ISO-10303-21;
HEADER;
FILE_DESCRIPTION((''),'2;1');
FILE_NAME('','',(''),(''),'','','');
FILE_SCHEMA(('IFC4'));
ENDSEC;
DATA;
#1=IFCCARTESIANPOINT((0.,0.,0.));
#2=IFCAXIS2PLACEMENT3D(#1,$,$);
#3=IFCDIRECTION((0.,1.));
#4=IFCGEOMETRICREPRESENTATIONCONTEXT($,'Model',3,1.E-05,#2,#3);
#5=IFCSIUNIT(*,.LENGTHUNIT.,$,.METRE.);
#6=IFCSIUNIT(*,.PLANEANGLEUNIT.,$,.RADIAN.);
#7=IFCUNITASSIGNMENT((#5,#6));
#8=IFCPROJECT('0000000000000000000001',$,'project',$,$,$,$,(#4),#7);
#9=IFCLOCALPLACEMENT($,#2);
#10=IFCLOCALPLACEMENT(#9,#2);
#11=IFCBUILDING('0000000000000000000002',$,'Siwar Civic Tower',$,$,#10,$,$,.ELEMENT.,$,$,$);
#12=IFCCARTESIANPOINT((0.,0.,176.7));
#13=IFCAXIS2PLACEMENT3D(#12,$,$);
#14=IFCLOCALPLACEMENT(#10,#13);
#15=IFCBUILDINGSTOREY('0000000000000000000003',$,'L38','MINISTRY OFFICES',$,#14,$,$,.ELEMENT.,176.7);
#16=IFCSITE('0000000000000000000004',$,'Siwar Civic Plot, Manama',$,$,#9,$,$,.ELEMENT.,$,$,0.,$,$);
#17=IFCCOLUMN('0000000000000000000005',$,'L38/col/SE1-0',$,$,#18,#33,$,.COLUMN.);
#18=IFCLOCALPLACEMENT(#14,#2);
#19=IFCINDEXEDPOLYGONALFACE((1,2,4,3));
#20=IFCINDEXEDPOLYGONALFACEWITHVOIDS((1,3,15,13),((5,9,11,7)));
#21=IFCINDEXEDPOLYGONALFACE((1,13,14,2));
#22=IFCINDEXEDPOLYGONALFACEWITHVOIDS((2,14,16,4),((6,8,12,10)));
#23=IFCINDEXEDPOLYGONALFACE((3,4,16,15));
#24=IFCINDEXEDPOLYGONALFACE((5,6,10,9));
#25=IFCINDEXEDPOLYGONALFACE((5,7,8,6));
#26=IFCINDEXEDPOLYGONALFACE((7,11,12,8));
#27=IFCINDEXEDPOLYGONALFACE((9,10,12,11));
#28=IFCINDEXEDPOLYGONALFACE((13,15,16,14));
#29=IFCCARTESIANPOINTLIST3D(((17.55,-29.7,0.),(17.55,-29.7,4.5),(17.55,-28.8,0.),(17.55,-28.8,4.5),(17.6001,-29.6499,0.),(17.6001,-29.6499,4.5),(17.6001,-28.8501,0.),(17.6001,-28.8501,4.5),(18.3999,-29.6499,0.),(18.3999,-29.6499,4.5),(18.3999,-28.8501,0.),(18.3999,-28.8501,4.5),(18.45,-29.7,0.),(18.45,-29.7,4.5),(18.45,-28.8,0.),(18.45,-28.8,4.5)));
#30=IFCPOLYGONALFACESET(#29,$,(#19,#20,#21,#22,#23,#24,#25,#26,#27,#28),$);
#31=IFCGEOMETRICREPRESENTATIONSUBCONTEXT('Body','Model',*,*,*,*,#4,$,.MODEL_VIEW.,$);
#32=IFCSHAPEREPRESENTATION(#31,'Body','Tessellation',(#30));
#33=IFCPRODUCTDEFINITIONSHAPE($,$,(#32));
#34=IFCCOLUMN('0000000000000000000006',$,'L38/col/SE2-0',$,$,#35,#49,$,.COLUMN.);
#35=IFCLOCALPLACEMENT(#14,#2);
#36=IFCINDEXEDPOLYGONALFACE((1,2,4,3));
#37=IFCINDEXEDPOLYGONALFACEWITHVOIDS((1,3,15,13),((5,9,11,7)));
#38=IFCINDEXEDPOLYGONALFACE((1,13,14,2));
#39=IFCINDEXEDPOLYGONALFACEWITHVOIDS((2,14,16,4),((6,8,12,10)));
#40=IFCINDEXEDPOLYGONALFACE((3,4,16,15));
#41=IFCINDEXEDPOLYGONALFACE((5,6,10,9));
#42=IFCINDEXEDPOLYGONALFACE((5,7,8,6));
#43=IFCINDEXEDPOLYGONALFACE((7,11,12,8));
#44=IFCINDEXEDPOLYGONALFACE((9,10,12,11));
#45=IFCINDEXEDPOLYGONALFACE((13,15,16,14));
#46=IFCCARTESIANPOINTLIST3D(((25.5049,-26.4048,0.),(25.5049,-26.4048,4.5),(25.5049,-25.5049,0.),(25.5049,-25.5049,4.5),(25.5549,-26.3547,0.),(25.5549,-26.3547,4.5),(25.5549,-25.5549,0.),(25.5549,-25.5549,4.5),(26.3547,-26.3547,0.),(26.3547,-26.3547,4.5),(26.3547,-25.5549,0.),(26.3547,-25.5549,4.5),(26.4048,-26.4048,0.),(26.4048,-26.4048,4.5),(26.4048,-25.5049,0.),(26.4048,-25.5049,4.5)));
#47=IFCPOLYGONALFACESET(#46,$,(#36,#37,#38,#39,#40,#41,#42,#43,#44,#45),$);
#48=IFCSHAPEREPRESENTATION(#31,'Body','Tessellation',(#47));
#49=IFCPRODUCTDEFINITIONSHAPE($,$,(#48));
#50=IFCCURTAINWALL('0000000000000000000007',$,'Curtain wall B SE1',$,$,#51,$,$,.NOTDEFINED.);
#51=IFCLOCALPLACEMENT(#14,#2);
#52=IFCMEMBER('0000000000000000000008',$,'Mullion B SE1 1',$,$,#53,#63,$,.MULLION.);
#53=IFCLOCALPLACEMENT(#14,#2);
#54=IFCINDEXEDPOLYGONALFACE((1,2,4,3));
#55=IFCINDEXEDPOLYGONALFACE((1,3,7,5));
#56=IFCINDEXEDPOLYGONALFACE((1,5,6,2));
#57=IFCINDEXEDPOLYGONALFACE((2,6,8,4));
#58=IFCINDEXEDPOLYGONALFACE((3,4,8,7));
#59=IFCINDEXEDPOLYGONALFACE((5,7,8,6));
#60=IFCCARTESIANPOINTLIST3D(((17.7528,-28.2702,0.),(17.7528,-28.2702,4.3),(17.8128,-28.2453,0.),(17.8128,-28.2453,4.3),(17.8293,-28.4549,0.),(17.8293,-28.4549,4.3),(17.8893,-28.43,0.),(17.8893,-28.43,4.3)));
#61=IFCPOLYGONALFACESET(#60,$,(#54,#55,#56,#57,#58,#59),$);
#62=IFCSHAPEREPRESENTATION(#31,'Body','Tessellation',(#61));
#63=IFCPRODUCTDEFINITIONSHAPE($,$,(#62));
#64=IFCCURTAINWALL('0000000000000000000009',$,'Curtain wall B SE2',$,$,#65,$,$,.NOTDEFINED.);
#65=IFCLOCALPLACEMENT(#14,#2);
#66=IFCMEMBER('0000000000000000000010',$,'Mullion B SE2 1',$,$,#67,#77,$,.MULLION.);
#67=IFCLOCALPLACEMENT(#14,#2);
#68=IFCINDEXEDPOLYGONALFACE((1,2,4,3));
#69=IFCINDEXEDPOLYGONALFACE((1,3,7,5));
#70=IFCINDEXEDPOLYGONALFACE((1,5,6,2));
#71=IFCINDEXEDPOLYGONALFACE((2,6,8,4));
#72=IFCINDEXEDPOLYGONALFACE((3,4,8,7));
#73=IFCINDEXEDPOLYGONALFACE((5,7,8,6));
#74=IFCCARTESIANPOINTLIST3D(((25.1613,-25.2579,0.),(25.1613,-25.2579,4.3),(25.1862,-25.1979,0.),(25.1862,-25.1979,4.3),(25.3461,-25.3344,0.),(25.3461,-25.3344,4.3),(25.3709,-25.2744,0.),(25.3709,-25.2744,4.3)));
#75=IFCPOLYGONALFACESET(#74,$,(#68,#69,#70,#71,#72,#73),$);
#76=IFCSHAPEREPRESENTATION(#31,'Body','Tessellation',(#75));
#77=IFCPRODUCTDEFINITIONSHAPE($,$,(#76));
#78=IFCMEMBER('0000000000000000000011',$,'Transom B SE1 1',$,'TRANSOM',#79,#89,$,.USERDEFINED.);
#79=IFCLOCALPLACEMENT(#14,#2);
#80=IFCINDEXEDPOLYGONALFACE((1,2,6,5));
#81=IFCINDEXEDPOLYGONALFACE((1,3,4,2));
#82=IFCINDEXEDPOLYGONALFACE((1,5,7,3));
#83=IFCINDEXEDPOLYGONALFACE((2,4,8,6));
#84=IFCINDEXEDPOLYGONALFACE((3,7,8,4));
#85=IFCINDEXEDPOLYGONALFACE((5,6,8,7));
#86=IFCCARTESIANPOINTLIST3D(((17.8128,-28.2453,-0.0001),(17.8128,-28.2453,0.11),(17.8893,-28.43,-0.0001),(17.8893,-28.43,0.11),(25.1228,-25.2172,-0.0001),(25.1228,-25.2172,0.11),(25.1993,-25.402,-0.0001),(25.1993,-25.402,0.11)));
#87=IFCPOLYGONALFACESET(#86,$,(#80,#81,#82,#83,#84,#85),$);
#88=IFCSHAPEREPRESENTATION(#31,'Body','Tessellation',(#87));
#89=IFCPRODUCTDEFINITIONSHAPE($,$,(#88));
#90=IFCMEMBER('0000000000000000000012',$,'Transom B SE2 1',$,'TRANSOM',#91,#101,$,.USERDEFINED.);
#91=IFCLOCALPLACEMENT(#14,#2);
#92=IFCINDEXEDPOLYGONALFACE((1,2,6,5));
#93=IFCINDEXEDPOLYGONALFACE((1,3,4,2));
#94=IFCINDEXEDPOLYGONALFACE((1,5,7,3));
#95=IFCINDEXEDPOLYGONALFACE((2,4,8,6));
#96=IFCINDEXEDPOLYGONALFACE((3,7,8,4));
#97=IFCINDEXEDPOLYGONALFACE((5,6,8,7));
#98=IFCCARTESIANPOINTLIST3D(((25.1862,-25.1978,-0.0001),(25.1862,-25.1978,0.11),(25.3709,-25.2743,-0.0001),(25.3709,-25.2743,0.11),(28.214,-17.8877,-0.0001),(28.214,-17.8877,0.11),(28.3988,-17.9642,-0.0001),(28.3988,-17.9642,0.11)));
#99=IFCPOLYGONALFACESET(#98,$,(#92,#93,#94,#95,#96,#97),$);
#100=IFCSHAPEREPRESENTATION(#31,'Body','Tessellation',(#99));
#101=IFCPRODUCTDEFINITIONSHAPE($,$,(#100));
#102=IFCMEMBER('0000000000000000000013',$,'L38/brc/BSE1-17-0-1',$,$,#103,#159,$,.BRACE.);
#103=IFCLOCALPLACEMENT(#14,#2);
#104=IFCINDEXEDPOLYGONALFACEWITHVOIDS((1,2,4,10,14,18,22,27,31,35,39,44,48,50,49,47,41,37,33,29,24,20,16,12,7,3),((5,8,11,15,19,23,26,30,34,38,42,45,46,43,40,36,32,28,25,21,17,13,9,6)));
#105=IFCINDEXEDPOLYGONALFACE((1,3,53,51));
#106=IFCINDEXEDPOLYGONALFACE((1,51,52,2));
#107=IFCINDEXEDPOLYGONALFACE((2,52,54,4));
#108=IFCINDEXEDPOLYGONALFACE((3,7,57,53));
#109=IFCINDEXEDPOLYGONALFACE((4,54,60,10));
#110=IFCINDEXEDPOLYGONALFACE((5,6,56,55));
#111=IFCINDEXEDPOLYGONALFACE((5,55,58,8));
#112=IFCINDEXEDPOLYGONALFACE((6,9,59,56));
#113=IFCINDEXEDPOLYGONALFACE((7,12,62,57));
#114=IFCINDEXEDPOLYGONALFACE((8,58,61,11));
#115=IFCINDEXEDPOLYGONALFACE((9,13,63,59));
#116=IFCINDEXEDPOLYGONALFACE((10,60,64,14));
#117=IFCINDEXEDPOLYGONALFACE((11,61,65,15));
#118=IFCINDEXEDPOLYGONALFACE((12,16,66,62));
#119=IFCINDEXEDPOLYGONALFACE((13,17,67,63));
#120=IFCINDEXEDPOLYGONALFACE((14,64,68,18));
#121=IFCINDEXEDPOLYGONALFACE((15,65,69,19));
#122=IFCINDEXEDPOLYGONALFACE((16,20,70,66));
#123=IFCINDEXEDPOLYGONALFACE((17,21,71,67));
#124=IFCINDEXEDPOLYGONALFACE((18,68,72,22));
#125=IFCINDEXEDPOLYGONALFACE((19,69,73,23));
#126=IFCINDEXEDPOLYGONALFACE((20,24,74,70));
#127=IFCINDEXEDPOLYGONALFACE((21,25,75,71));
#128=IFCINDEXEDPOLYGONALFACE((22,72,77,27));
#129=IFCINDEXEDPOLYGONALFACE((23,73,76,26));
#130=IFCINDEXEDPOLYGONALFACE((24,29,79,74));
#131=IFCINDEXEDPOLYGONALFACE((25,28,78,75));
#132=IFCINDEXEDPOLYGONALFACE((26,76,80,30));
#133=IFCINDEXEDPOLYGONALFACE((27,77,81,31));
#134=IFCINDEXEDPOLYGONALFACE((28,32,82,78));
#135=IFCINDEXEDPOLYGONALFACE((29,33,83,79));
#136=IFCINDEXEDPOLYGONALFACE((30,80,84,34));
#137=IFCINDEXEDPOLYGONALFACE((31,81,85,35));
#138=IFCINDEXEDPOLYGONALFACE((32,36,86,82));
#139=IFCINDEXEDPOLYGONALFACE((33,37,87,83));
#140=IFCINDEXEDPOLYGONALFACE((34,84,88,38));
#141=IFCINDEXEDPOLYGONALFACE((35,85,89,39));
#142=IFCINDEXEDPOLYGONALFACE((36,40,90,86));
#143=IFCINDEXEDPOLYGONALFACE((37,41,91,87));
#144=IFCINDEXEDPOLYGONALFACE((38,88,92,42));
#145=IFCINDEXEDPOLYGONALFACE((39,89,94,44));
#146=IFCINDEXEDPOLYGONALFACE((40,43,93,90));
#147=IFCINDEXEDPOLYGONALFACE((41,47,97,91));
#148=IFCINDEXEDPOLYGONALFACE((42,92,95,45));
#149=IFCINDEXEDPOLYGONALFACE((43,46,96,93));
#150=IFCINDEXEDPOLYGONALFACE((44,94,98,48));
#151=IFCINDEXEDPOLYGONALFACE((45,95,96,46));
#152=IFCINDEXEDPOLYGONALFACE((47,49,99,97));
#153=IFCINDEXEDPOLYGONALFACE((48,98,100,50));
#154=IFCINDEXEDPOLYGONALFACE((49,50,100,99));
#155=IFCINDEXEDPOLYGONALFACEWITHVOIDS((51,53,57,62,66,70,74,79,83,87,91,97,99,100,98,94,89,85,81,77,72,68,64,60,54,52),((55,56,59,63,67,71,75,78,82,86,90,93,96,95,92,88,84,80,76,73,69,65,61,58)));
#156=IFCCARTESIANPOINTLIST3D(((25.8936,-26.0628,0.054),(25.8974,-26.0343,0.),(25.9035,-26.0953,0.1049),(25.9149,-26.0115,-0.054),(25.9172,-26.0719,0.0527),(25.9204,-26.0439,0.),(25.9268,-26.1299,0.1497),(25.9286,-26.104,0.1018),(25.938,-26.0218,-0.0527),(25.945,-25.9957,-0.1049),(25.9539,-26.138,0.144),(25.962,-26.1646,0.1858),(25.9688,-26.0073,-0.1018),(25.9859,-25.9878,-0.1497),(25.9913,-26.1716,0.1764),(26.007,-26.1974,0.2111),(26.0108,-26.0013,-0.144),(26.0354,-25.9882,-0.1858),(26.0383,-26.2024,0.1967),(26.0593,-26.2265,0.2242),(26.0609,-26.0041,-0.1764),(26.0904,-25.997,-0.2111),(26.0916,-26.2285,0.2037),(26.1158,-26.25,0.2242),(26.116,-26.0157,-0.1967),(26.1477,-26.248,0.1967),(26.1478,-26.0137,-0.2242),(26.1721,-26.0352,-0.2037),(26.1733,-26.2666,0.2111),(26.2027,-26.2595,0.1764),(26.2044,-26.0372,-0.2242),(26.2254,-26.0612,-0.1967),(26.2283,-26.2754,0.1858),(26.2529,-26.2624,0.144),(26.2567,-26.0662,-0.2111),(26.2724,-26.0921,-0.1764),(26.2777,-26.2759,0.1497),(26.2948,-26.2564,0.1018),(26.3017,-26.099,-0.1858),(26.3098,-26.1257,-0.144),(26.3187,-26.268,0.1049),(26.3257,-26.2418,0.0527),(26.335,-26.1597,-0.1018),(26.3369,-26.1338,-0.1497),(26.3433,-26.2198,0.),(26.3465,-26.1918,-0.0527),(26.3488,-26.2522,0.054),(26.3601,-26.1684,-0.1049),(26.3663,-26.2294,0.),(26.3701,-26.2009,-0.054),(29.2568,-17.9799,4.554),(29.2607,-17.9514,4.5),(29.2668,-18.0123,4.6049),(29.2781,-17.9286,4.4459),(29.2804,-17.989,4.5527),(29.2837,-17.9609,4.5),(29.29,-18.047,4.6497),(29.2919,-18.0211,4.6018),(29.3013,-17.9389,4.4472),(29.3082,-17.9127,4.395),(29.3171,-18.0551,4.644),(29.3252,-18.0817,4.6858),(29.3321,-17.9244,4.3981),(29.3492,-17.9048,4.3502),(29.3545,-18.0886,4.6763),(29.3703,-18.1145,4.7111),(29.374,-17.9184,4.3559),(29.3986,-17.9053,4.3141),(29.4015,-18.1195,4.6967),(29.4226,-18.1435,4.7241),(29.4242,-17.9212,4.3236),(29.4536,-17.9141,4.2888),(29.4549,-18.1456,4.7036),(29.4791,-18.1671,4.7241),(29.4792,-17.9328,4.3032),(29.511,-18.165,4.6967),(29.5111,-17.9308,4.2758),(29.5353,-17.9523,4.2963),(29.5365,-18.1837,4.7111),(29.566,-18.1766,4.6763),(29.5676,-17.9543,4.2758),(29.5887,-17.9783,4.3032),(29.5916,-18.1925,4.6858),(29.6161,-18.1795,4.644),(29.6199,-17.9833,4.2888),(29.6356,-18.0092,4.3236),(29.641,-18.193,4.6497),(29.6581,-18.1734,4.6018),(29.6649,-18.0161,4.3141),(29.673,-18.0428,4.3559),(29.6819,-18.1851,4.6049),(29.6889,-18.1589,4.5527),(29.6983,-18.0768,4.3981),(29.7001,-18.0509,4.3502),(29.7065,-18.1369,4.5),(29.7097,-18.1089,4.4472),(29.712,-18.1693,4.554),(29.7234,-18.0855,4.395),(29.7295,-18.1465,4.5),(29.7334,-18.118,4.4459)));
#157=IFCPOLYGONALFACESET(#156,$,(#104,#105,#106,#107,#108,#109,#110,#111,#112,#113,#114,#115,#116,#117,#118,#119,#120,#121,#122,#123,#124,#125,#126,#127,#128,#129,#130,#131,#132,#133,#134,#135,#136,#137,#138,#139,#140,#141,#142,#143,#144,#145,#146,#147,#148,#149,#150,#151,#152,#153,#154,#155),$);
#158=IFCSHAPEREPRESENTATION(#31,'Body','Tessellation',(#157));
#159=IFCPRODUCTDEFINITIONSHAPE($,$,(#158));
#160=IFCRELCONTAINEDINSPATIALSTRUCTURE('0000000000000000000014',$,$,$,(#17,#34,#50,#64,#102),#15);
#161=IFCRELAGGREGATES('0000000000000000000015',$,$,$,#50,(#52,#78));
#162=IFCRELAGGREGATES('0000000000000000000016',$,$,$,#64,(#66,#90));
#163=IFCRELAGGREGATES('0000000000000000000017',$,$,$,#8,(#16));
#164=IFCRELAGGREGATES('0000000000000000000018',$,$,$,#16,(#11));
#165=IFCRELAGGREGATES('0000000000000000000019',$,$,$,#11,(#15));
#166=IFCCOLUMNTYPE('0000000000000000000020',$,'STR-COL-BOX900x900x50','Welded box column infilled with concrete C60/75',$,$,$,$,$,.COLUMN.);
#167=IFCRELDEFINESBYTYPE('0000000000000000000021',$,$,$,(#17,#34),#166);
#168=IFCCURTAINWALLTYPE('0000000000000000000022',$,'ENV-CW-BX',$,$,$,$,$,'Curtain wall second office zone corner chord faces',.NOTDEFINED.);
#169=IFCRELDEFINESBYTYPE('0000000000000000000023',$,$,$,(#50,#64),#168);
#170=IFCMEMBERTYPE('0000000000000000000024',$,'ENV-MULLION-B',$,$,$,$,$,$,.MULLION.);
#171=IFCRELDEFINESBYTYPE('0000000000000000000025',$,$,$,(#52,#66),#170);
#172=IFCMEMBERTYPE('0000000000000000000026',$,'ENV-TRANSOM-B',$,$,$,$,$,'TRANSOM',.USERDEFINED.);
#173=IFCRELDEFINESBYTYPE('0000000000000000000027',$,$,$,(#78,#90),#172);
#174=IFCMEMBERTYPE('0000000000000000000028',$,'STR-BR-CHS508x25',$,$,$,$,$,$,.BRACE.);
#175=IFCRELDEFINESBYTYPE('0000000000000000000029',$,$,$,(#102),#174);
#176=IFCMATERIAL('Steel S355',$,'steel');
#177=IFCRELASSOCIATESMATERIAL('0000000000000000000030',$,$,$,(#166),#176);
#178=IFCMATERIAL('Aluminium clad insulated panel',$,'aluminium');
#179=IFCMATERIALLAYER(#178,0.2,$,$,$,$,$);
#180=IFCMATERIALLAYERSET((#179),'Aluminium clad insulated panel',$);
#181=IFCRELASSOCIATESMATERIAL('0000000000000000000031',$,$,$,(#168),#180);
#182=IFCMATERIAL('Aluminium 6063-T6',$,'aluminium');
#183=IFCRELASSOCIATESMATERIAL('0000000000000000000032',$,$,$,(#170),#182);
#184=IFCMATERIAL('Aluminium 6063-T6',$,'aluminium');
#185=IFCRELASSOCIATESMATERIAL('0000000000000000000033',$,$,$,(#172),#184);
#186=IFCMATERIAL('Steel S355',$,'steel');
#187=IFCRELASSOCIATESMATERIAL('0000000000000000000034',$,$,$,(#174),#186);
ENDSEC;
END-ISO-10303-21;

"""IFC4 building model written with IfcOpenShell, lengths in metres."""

from ifc_helpers import new_model, si_unit, direction, frame, origin, origin_2d, place, context, subcontext, project, spatial, rectangle, hollow_rectangle, hollow_circle, extrude, material, layer, layer_set, material_profile, profile_set, type_object, element, aggregate, save


model = new_model("IFC4")

# Units and contexts
model_context = context("Model", 3, precision=1e-05, world=origin(), true_north=direction((0.0, 1.0)))
body_context = subcontext(model_context, "Body", "Model", "MODEL_VIEW")
ifc_project = project(units=[si_unit("LENGTHUNIT", "METRE"), si_unit("PLANEANGLEUNIT", "RADIAN")], contexts=[model_context])

# Site, building, storey
site_placement = place(None, origin())
site = spatial("IfcSite", under=ifc_project, at=site_placement, Name="Siwar Civic Plot, Manama", CompositionType="ELEMENT", RefElevation=0.0)
building_placement = place(site_placement, origin())
building = spatial("IfcBuilding", under=site, at=building_placement, Name="Siwar Civic Tower", CompositionType="ELEMENT")
storey_placement = place(building_placement, frame((0.0, 0.0, 176.7)))
storey = spatial("IfcBuildingStorey", under=building, at=storey_placement, Name="L38", Description="MINISTRY OFFICES", CompositionType="ELEMENT", Elevation=176.7)

# Columns
ifc_material_1 = material(Name="Steel S355", Category="steel")
ifc_material_profile_1 = material_profile(ifc_material_1, hollow_rectangle(XDim=0.8999, YDim=0.8999, WallThickness=0.05, at=origin_2d()), Name="BOX900x900x50")
ifc_profile_set_1 = profile_set([ifc_material_profile_1], Name="Steel S355")
column_type = type_object("IfcColumnType", Name="STR-COL-BOX900x900x50", Description="Welded box column infilled with concrete C60/75", PredefinedType="COLUMN", material=ifc_profile_set_1)
for number, where, z_axis, x_axis, name in (
    (1, (18.0, -29.25, 0.0), (0.0, 0.0, 1.0), (1.0, 0.0, 0.0), "L38/col/SE1-0"),
    (2, (25.9548, -25.9548, 0.0), (0.0, 0.0, 1.0), (1.0, 0.0, 0.0), "L38/col/SE2-0"),
):
    element("IfcColumn", number, at=place(storey_placement, frame(where, z_axis=z_axis, x_axis=x_axis)), inside=storey, type_object=column_type, Name=name, PredefinedType="COLUMN", context=body_context, shape_type="SweptSolid", body=[
        extrude(hollow_rectangle(XDim=0.8999, YDim=0.8999, WallThickness=0.05, at=origin_2d()), origin(), (0.0, 0.0, 1.0), 4.5),
    ])

# Curtain walls, members
ifc_material_2 = material(Name="Aluminium clad insulated panel", Category="aluminium")
ifc_layer_1 = layer(ifc_material_2, 0.2)
ifc_layer_set_1 = layer_set([ifc_layer_1], Name="Aluminium clad insulated panel")
curtain_wall_type = type_object("IfcCurtainWallType", Name="ENV-CW-BX", ElementType="Curtain wall second office zone corner chord faces", PredefinedType="NOTDEFINED", material=ifc_layer_set_1)
curtain_wall_1_placement = place(storey_placement, origin())
curtain_wall_1 = element("IfcCurtainWall", 3, at=curtain_wall_1_placement, inside=storey, type_object=curtain_wall_type, Name="Curtain wall B SE1", PredefinedType="NOTDEFINED")
ifc_material_3 = material(Name="Aluminium 6063-T6", Category="aluminium")
ifc_material_profile_2 = material_profile(ifc_material_3, rectangle(XDim=0.2, YDim=0.0649, at=origin_2d()), Name="AL 200x65")
ifc_profile_set_2 = profile_set([ifc_material_profile_2], Name="Aluminium 6063-T6")
member_type_1 = type_object("IfcMemberType", Name="ENV-MULLION-B", PredefinedType="MULLION", material=ifc_profile_set_2)
member_1_placement = place(storey_placement, frame((17.821, -28.3501, 0.0), z_axis=(0.0, 0.0, 1.0), x_axis=(-0.382683, 0.92388, 0.0)))
member_1 = element("IfcMember", 4, at=member_1_placement, type_object=member_type_1, Name="Mullion B SE1 1", PredefinedType="MULLION", context=body_context, shape_type="SweptSolid", body=[
    extrude(rectangle(XDim=0.2, YDim=0.0649, at=origin_2d()), origin(), (0.0, 0.0, 1.0), 4.3),
])
curtain_wall_2_placement = place(storey_placement, origin())
curtain_wall_2 = element("IfcCurtainWall", 5, at=curtain_wall_2_placement, inside=storey, type_object=curtain_wall_type, Name="Curtain wall B SE2", PredefinedType="NOTDEFINED")
member_2_placement = place(storey_placement, frame((25.2661, -25.2661, 0.0), z_axis=(0.0, 0.0, 1.0), x_axis=(-0.92388, 0.382683, 0.0)))
member_2 = element("IfcMember", 6, at=member_2_placement, type_object=member_type_1, Name="Mullion B SE2 1", PredefinedType="MULLION", context=body_context, shape_type="SweptSolid", body=[
    extrude(rectangle(XDim=0.2, YDim=0.0649, at=origin_2d()), origin(), (0.0, 0.0, 1.0), 4.3),
])

# Members
ifc_material_4 = material(Name="Aluminium 6063-T6", Category="aluminium")
ifc_material_profile_3 = material_profile(ifc_material_4, rectangle(XDim=0.2, YDim=0.1101, at=origin_2d()), Name="AL 200x110")
ifc_profile_set_3 = profile_set([ifc_material_profile_3], Name="Aluminium 6063-T6")
member_type_2 = type_object("IfcMemberType", Name="ENV-TRANSOM-B", ElementType="TRANSOM", PredefinedType="USERDEFINED", material=ifc_profile_set_3)
member_3_placement = place(storey_placement, frame((17.8511, -28.3376, 0.0549), z_axis=(0.923873, 0.3827, 0.0), x_axis=(-0.3827, 0.923873, 0.0)))
member_3 = element("IfcMember", 7, at=member_3_placement, type_object=member_type_2, Name="Transom B SE1 1", ObjectType="TRANSOM", PredefinedType="USERDEFINED", context=body_context, shape_type="SweptSolid", body=[
    extrude(rectangle(XDim=0.2, YDim=0.1101, at=origin_2d()), origin(), (0.0, 0.0, 1.0), 7.9124),
])
member_4_placement = place(storey_placement, frame((25.2786, -25.2361, 0.0549), z_axis=(0.382673, 0.923884, 0.0), x_axis=(-0.923884, 0.382673, 0.0)))
member_4 = element("IfcMember", 8, at=member_4_placement, type_object=member_type_2, Name="Transom B SE2 1", ObjectType="TRANSOM", PredefinedType="USERDEFINED", context=body_context, shape_type="SweptSolid", body=[
    extrude(rectangle(XDim=0.2, YDim=0.1101, at=origin_2d()), origin(), (0.0, 0.0, 1.0), 7.9124),
])

# Member
ifc_material_5 = material(Name="Steel S355", Category="steel")
ifc_material_profile_4 = material_profile(ifc_material_5, hollow_circle(Radius=0.2539, WallThickness=0.0249, at=origin_2d()), Name="CHS508x25")
ifc_profile_set_4 = profile_set([ifc_material_profile_4], Name="Steel S355")
member_type_3 = type_object("IfcMemberType", Name="STR-BR-CHS508x25", PredefinedType="BRACE", material=ifc_profile_set_4)
member_5_placement = place(storey_placement, frame((26.1318, -26.1318, 0.0), z_axis=(0.341671, 0.821143, 0.457149), x_axis=(-0.923265, 0.384164, 0.0)))
element("IfcMember", 9, at=member_5_placement, inside=storey, type_object=member_type_3, Name="L38/brc/BSE1-17-0-1", PredefinedType="BRACE", context=body_context, shape_type="SweptSolid", body=[
    extrude(hollow_circle(Radius=0.2539, WallThickness=0.0249, at=origin_2d()), origin(), (0.0, 0.0, 1.0), 9.8435),
])

aggregate(curtain_wall_1, [member_1, member_3])
aggregate(curtain_wall_2, [member_2, member_4])

save(model, "model.ifc")
